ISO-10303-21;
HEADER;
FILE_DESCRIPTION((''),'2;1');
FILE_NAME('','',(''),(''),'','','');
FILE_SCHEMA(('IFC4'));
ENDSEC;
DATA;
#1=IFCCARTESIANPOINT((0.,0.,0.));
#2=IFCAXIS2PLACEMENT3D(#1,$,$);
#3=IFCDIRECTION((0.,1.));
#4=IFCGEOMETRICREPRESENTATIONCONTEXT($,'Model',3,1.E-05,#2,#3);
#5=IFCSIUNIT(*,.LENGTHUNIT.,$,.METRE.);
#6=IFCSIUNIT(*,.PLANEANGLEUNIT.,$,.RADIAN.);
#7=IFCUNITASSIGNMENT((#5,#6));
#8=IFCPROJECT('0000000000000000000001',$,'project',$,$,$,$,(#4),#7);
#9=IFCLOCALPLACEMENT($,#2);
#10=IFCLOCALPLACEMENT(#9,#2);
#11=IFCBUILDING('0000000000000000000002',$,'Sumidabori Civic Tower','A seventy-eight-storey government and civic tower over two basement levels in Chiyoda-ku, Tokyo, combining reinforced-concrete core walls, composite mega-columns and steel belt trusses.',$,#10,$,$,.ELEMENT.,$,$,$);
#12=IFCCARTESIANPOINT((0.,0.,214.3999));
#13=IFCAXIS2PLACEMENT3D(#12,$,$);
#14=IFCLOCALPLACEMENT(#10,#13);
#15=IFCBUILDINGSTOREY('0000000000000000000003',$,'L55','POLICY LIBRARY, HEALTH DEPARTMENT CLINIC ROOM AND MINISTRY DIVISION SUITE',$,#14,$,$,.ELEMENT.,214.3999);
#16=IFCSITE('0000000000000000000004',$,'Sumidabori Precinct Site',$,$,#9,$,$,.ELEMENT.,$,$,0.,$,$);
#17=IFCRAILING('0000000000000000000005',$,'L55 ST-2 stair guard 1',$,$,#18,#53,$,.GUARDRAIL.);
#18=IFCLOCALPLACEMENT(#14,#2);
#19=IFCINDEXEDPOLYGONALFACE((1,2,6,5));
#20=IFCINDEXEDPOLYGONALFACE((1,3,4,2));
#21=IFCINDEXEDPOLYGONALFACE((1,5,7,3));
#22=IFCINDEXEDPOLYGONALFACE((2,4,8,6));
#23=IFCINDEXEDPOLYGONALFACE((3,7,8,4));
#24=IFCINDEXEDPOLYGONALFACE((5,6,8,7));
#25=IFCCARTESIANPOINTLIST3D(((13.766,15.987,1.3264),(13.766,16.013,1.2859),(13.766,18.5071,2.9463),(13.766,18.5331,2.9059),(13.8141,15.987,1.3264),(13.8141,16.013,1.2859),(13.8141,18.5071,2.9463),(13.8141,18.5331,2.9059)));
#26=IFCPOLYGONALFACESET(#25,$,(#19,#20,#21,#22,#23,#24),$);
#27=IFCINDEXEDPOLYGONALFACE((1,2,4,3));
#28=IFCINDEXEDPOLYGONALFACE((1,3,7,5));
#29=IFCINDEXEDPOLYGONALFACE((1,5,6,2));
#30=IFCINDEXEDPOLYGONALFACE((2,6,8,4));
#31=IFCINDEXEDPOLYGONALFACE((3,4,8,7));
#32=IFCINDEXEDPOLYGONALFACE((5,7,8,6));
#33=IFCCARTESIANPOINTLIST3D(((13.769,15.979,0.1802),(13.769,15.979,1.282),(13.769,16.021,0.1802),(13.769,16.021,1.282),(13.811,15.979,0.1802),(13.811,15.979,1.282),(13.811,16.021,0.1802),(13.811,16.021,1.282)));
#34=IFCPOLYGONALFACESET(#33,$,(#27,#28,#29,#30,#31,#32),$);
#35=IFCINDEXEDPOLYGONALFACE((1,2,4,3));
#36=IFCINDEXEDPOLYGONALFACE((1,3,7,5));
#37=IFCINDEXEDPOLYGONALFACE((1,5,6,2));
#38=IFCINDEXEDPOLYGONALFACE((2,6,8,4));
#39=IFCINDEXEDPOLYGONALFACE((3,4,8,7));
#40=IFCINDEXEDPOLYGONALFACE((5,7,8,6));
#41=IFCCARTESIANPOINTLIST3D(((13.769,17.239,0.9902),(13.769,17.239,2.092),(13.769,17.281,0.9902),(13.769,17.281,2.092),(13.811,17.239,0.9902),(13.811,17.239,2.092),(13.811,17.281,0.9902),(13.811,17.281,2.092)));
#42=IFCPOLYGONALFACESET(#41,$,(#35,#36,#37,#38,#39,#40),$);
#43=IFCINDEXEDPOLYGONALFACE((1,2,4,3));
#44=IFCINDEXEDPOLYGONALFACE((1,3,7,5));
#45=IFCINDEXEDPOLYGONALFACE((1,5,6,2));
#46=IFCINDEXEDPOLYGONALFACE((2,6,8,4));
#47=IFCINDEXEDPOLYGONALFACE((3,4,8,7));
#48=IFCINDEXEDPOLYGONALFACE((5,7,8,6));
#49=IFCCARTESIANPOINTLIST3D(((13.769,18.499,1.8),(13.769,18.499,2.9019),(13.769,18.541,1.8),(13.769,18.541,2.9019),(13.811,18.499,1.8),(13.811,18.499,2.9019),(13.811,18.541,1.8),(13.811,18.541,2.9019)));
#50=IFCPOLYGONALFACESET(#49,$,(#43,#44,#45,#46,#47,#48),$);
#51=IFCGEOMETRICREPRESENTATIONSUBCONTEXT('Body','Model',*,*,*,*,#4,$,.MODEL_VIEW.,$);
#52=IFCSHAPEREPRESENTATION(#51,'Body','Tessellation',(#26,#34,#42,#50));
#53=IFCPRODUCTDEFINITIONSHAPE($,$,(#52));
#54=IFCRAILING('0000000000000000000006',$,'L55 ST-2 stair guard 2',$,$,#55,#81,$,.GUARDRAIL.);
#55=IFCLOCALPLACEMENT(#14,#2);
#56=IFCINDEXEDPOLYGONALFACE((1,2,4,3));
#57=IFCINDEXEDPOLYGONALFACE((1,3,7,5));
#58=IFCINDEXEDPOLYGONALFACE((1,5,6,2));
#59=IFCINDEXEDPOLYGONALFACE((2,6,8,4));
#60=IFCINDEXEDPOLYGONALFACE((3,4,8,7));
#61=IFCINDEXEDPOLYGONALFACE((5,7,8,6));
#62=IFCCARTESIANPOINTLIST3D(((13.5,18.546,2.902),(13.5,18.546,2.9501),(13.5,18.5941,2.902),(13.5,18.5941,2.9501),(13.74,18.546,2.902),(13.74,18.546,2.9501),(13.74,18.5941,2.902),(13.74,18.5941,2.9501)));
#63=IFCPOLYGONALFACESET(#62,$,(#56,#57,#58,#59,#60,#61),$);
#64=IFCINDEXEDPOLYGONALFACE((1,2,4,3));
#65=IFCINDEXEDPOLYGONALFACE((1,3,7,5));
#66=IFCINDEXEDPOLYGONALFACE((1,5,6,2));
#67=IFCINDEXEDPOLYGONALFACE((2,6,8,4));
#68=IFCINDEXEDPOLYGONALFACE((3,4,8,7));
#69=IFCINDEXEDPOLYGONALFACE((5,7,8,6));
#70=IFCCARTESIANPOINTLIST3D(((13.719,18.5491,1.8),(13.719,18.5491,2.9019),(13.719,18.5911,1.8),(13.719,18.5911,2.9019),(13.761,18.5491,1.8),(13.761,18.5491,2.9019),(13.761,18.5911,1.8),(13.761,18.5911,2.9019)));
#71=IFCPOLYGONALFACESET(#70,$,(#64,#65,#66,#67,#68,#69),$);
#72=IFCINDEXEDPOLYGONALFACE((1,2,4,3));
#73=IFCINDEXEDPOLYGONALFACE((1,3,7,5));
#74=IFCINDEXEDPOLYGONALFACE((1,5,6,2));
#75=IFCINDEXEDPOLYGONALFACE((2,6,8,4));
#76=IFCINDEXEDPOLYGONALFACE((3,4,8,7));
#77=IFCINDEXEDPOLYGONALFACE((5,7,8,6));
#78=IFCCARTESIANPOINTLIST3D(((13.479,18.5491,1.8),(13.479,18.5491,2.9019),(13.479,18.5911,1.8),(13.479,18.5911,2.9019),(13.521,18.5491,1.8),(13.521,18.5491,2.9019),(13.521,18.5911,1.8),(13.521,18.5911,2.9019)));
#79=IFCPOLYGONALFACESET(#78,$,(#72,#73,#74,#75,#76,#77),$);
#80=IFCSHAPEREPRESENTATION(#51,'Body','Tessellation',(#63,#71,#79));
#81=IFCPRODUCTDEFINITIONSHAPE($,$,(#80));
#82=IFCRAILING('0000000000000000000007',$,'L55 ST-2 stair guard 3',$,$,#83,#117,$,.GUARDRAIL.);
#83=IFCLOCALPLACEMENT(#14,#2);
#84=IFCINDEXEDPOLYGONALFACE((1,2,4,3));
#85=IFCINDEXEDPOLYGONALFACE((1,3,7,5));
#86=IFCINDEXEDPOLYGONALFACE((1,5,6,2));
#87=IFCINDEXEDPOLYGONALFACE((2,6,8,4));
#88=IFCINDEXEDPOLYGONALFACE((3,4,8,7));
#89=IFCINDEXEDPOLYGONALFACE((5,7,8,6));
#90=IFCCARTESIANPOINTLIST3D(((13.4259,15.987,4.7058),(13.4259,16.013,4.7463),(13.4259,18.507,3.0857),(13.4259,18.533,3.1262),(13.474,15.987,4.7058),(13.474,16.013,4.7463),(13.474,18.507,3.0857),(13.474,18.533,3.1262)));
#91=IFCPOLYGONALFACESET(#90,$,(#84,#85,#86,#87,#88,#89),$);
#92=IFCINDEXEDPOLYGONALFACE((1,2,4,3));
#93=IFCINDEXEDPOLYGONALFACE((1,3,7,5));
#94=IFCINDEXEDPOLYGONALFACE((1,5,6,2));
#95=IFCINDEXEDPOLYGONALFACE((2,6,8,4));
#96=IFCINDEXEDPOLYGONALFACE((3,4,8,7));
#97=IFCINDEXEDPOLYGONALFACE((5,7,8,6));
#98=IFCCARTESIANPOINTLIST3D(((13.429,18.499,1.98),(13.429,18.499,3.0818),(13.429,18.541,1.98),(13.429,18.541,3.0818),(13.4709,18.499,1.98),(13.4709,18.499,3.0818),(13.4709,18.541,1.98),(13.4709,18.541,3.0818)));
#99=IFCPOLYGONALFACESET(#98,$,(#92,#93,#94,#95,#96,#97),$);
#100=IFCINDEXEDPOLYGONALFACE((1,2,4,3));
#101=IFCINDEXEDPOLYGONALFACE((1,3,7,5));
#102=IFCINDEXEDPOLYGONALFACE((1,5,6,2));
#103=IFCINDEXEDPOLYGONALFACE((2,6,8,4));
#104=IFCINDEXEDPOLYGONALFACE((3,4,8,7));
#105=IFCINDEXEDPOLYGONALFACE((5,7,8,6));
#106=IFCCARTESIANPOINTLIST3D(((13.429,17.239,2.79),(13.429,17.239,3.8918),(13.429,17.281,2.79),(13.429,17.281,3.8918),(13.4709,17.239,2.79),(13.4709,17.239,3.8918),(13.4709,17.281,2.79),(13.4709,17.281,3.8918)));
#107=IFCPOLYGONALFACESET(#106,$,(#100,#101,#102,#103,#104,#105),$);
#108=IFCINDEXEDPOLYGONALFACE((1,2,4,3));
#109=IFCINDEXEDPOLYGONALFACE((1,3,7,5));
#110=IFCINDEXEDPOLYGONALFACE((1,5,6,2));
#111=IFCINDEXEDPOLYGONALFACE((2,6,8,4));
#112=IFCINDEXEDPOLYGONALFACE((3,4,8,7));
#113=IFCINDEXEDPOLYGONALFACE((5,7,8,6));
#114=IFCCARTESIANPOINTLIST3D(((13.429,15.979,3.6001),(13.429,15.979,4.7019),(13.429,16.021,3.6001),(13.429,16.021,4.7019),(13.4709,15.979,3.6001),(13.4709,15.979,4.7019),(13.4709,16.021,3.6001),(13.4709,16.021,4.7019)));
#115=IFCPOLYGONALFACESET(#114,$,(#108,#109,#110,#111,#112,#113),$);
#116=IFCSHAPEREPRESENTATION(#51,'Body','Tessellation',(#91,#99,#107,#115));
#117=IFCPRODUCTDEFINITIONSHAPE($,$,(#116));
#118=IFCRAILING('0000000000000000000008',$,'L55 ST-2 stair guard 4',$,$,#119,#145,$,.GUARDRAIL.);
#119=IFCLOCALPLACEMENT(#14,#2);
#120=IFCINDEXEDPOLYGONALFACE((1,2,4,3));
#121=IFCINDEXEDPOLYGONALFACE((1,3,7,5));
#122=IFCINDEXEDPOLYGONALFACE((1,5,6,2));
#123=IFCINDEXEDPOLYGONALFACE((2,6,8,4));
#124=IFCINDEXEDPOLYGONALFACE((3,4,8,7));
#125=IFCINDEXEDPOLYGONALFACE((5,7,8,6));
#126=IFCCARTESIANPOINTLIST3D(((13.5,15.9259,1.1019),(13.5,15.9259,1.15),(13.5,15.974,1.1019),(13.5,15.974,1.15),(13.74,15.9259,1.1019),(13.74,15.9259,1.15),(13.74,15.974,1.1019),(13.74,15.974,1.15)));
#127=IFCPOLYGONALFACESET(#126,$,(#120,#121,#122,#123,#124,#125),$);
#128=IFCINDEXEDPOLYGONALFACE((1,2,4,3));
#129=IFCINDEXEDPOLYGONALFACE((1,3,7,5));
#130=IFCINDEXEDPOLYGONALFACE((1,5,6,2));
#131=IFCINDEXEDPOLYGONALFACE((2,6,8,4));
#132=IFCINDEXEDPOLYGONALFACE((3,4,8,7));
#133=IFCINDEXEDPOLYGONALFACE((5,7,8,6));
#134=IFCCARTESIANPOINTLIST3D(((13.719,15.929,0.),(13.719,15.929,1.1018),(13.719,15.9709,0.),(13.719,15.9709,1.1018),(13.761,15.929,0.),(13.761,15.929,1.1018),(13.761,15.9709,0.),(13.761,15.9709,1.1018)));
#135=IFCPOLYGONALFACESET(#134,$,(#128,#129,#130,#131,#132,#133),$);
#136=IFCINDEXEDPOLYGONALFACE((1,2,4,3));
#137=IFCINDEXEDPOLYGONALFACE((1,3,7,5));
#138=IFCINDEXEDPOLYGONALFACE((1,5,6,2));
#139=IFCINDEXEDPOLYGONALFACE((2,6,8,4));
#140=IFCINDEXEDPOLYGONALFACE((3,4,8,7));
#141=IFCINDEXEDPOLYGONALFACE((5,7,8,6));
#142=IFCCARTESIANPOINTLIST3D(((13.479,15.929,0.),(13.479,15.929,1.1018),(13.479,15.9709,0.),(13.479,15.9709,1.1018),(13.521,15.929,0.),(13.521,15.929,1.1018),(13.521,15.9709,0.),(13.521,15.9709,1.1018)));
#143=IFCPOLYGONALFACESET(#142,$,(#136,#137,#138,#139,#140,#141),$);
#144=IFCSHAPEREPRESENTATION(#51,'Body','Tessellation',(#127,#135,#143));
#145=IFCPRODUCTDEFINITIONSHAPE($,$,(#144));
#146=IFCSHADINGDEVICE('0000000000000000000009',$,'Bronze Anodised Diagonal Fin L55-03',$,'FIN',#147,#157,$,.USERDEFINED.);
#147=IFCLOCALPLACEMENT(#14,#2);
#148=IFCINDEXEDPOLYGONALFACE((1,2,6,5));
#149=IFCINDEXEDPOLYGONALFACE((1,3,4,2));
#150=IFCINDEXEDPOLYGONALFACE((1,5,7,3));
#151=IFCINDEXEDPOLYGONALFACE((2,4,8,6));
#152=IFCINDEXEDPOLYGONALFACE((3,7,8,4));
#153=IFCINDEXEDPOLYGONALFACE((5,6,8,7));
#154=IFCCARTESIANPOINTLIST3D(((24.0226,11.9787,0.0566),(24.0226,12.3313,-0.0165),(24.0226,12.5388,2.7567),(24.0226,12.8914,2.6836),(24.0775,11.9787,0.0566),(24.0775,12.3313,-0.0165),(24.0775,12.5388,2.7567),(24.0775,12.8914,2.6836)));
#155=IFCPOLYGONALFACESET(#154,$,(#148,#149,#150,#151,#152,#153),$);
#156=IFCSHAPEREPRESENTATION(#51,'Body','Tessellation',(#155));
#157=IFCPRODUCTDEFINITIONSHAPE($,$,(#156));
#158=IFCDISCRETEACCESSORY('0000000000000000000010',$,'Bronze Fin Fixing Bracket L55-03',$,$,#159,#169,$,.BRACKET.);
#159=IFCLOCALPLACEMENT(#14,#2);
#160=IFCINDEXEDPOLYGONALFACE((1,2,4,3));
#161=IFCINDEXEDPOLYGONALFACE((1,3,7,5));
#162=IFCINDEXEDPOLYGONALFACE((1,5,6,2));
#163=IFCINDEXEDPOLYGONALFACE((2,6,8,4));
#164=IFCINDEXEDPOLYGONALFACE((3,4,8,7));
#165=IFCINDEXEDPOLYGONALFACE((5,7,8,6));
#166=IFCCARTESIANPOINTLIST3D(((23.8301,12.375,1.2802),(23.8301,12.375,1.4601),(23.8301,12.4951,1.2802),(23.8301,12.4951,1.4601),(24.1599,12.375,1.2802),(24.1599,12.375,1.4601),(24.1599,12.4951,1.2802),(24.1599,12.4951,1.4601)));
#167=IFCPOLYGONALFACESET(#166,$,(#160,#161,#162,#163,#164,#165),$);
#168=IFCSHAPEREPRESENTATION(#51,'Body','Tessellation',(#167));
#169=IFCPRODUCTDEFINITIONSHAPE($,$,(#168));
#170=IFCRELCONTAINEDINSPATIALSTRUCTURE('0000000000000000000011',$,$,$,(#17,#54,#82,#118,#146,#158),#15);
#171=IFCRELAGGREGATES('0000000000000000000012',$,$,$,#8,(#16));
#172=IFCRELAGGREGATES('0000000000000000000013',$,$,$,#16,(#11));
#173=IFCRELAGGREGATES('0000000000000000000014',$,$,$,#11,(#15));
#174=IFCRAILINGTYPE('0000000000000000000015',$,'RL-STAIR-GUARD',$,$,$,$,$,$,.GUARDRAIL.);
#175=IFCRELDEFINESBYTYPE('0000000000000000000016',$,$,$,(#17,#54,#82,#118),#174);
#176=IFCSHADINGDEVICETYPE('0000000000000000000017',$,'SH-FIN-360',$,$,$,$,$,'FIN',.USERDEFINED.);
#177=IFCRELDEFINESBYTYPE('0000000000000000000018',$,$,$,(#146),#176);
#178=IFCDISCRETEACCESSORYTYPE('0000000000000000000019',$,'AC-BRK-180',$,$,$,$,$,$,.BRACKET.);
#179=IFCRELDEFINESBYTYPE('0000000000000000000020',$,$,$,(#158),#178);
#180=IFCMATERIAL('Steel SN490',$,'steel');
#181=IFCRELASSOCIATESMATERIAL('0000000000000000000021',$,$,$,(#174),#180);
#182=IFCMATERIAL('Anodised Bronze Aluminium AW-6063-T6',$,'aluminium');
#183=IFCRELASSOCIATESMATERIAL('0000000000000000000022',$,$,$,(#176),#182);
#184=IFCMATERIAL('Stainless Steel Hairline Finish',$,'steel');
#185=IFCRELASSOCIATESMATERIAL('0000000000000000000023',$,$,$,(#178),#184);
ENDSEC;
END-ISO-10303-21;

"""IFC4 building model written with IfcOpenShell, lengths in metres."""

from ifc_helpers import new_model, si_unit, direction, frame, origin, origin_2d, place, context, subcontext, project, spatial, rectangle, extrude, source, transform, mapped, material, material_profile, profile_set, type_object, element, save


model = new_model("IFC4")

# Units and contexts
model_context = context("Model", 3, precision=1e-05, world=origin(), true_north=direction((0.0, 1.0)))
body_context = subcontext(model_context, "Body", "Model", "MODEL_VIEW")
ifc_project = project(units=[si_unit("LENGTHUNIT", "METRE"), si_unit("PLANEANGLEUNIT", "RADIAN")], contexts=[model_context])

# Site, building, storey
site_placement = place(None, origin())
site = spatial("IfcSite", under=ifc_project, at=site_placement, Name="Sumidabori Precinct Site", CompositionType="ELEMENT", RefElevation=0.0)
building_placement = place(site_placement, origin())
building = spatial("IfcBuilding", under=site, at=building_placement, Name="Sumidabori Civic Tower", Description="A seventy-eight-storey government and civic tower over two basement levels in Chiyoda-ku, Tokyo, combining reinforced-concrete core walls, composite mega-columns and steel belt trusses.", CompositionType="ELEMENT")
storey_placement = place(building_placement, frame((0.0, 0.0, 214.3999)))
storey = spatial("IfcBuildingStorey", under=building, at=storey_placement, Name="L55", Description="POLICY LIBRARY, HEALTH DEPARTMENT CLINIC ROOM AND MINISTRY DIVISION SUITE", CompositionType="ELEMENT", Elevation=214.3999)

# Shared definitions
ifc_material_1 = material(Name="Steel SN490", Category="steel")

# Shared definitions
ifc_material_2 = material(Name="Anodised Bronze Aluminium AW-6063-T6", Category="aluminium")

# Railings
ifc_material_3 = material(Name="Stainless Steel Hairline Finish", Category="steel")
railing_type_1 = type_object("IfcRailingType", Name="RL-STAIR-GUARD", PredefinedType="GUARDRAIL", material=ifc_material_1)
railing_1_placement = place(storey_placement, frame((13.79, 16.0, 0.1802)))
element("IfcRailing", 1, at=railing_1_placement, inside=storey, type_object=railing_type_1, Name="L55 ST-2 stair guard 1", PredefinedType="GUARDRAIL", context=body_context, shape_type="SweptSolid", body=[
    extrude(rectangle(XDim=0.0481, YDim=0.0481, at=origin_2d()), frame((0.0, 0.0, 1.126), z_axis=(0.0, 0.8412, 0.540725), x_axis=(-1.0, 0.0, 0.0)), (0.0, 0.0, 1.0), 2.9958),
    extrude(rectangle(XDim=0.042, YDim=0.042, at=origin_2d()), origin(), (0.0, 0.0, 1.0), 1.1018),
    extrude(rectangle(XDim=0.042, YDim=0.042, at=origin_2d()), frame((0.0, 1.26, 0.8101)), (0.0, 0.0, 1.0), 1.1018),
    extrude(rectangle(XDim=0.042, YDim=0.042, at=origin_2d()), frame((0.0, 2.52, 1.6199)), (0.0, 0.0, 1.0), 1.1018),
])
railing_2_placement = place(storey_placement, frame((13.74, 18.5701, 1.8)))
element("IfcRailing", 2, at=railing_2_placement, inside=storey, type_object=railing_type_1, Name="L55 ST-2 stair guard 2", PredefinedType="GUARDRAIL", context=body_context, shape_type="SweptSolid", body=[
    extrude(rectangle(XDim=0.0481, YDim=0.0481, at=origin_2d()), frame((0.0, 0.0, 1.126), z_axis=(-1.0, 0.0, 0.0), x_axis=(0.0, -1.0, 0.0)), (0.0, 0.0, 1.0), 0.24),
    extrude(rectangle(XDim=0.042, YDim=0.042, at=origin_2d()), origin(), (0.0, 0.0, 1.0), 1.1018),
    extrude(rectangle(XDim=0.042, YDim=0.042, at=origin_2d()), frame((-0.24, 0.0, 0.0)), (0.0, 0.0, 1.0), 1.1018),
])
railing_3_placement = place(storey_placement, frame((13.45, 18.52, 1.98)))
element("IfcRailing", 3, at=railing_3_placement, inside=storey, type_object=railing_type_1, Name="L55 ST-2 stair guard 3", PredefinedType="GUARDRAIL", context=body_context, shape_type="SweptSolid", body=[
    extrude(rectangle(XDim=0.0481, YDim=0.0481, at=origin_2d()), frame((0.0, 0.0, 1.126), z_axis=(0.0, -0.841163, 0.540782), x_axis=(1.0, 0.0, 0.0)), (0.0, 0.0, 1.0), 2.9958),
    extrude(rectangle(XDim=0.042, YDim=0.042, at=origin_2d()), origin(), (0.0, 0.0, 1.0), 1.1018),
    extrude(rectangle(XDim=0.042, YDim=0.042, at=origin_2d()), frame((0.0, -1.26, 0.8101)), (0.0, 0.0, 1.0), 1.1018),
    extrude(rectangle(XDim=0.042, YDim=0.042, at=origin_2d()), frame((0.0, -2.52, 1.6201)), (0.0, 0.0, 1.0), 1.1018),
])
railing_4_placement = place(storey_placement, frame((13.74, 15.95, 0.0)))
element("IfcRailing", 4, at=railing_4_placement, inside=storey, type_object=railing_type_1, Name="L55 ST-2 stair guard 4", PredefinedType="GUARDRAIL", context=body_context, shape_type="SweptSolid", body=[
    extrude(rectangle(XDim=0.0481, YDim=0.0481, at=origin_2d()), frame((0.0, 0.0, 1.126), z_axis=(-1.0, 0.0, 0.0), x_axis=(0.0, -1.0, 0.0)), (0.0, 0.0, 1.0), 0.24),
    extrude(rectangle(XDim=0.042, YDim=0.042, at=origin_2d()), origin(), (0.0, 0.0, 1.0), 1.1018),
    extrude(rectangle(XDim=0.042, YDim=0.042, at=origin_2d()), frame((-0.24, 0.0, 0.0)), (0.0, 0.0, 1.0), 1.1018),
])

# Shading device
ifc_material_profile_1 = material_profile(ifc_material_2, rectangle(XDim=0.0549, YDim=0.3601, at=origin_2d()), Name="BRONZE FIN 360x55")
ifc_profile_set_1 = profile_set([ifc_material_profile_1], Name="Anodised Bronze Aluminium AW-6063-T6")
shading_device_type = type_object("IfcShadingDeviceType", Name="SH-FIN-360", ElementType="FIN", PredefinedType="USERDEFINED", material=ifc_profile_set_1)
shared_shape_1 = source(origin(), body_context, "Body", "SweptSolid", [
    extrude(rectangle(XDim=0.0549, YDim=0.3601, at=origin_2d()), origin(), (0.0, 0.0, 1.0), 2.7576),
])
shading_device_placement = place(storey_placement, frame((24.05, 12.155, 0.02), z_axis=(0.0, 0.203092, 0.97916), x_axis=(-1.0, 0.0, 0.0)))
element("IfcShadingDevice", 5, at=shading_device_placement, inside=storey, type_object=shading_device_type, Name="Bronze Anodised Diagonal Fin L55-03", ObjectType="FIN", PredefinedType="USERDEFINED", context=body_context, shape_type="MappedRepresentation", body=[
    mapped(shared_shape_1, transform((0.0, 0.0, 0.0), x_axis=(1.0, 0.0, 0.0), y_axis=(0.0, 1.0, 0.0), z_axis=(0.0, 0.0, 1.0), scale=1.0)),
])

# Discrete accessory
ifc_material_profile_2 = material_profile(ifc_material_3, rectangle(XDim=0.1201, YDim=0.1799, at=origin_2d()), Name="STEEL BRACKET 180x120")
ifc_profile_set_2 = profile_set([ifc_material_profile_2], Name="Stainless Steel Hairline Finish")
discrete_accessory_type = type_object("IfcDiscreteAccessoryType", Name="AC-BRK-180", PredefinedType="BRACKET", material=ifc_profile_set_2)
shared_shape_2 = source(origin(), body_context, "Body", "SweptSolid", [
    extrude(rectangle(XDim=0.1201, YDim=0.1799, at=origin_2d()), origin(), (0.0, 0.0, 1.0), 0.3298),
])
discrete_accessory_placement = place(storey_placement, frame((23.8301, 12.4351, 1.3701), z_axis=(1.0, 0.0, 0.0), x_axis=(0.0, 1.0, 0.0)))
element("IfcDiscreteAccessory", 6, at=discrete_accessory_placement, inside=storey, type_object=discrete_accessory_type, Name="Bronze Fin Fixing Bracket L55-03", PredefinedType="BRACKET", context=body_context, shape_type="MappedRepresentation", body=[
    mapped(shared_shape_2, transform((0.0, 0.0, 0.0), x_axis=(1.0, 0.0, 0.0), y_axis=(0.0, 1.0, 0.0), z_axis=(0.0, 0.0, 1.0), scale=1.0)),
])

save(model, "model.ifc")
